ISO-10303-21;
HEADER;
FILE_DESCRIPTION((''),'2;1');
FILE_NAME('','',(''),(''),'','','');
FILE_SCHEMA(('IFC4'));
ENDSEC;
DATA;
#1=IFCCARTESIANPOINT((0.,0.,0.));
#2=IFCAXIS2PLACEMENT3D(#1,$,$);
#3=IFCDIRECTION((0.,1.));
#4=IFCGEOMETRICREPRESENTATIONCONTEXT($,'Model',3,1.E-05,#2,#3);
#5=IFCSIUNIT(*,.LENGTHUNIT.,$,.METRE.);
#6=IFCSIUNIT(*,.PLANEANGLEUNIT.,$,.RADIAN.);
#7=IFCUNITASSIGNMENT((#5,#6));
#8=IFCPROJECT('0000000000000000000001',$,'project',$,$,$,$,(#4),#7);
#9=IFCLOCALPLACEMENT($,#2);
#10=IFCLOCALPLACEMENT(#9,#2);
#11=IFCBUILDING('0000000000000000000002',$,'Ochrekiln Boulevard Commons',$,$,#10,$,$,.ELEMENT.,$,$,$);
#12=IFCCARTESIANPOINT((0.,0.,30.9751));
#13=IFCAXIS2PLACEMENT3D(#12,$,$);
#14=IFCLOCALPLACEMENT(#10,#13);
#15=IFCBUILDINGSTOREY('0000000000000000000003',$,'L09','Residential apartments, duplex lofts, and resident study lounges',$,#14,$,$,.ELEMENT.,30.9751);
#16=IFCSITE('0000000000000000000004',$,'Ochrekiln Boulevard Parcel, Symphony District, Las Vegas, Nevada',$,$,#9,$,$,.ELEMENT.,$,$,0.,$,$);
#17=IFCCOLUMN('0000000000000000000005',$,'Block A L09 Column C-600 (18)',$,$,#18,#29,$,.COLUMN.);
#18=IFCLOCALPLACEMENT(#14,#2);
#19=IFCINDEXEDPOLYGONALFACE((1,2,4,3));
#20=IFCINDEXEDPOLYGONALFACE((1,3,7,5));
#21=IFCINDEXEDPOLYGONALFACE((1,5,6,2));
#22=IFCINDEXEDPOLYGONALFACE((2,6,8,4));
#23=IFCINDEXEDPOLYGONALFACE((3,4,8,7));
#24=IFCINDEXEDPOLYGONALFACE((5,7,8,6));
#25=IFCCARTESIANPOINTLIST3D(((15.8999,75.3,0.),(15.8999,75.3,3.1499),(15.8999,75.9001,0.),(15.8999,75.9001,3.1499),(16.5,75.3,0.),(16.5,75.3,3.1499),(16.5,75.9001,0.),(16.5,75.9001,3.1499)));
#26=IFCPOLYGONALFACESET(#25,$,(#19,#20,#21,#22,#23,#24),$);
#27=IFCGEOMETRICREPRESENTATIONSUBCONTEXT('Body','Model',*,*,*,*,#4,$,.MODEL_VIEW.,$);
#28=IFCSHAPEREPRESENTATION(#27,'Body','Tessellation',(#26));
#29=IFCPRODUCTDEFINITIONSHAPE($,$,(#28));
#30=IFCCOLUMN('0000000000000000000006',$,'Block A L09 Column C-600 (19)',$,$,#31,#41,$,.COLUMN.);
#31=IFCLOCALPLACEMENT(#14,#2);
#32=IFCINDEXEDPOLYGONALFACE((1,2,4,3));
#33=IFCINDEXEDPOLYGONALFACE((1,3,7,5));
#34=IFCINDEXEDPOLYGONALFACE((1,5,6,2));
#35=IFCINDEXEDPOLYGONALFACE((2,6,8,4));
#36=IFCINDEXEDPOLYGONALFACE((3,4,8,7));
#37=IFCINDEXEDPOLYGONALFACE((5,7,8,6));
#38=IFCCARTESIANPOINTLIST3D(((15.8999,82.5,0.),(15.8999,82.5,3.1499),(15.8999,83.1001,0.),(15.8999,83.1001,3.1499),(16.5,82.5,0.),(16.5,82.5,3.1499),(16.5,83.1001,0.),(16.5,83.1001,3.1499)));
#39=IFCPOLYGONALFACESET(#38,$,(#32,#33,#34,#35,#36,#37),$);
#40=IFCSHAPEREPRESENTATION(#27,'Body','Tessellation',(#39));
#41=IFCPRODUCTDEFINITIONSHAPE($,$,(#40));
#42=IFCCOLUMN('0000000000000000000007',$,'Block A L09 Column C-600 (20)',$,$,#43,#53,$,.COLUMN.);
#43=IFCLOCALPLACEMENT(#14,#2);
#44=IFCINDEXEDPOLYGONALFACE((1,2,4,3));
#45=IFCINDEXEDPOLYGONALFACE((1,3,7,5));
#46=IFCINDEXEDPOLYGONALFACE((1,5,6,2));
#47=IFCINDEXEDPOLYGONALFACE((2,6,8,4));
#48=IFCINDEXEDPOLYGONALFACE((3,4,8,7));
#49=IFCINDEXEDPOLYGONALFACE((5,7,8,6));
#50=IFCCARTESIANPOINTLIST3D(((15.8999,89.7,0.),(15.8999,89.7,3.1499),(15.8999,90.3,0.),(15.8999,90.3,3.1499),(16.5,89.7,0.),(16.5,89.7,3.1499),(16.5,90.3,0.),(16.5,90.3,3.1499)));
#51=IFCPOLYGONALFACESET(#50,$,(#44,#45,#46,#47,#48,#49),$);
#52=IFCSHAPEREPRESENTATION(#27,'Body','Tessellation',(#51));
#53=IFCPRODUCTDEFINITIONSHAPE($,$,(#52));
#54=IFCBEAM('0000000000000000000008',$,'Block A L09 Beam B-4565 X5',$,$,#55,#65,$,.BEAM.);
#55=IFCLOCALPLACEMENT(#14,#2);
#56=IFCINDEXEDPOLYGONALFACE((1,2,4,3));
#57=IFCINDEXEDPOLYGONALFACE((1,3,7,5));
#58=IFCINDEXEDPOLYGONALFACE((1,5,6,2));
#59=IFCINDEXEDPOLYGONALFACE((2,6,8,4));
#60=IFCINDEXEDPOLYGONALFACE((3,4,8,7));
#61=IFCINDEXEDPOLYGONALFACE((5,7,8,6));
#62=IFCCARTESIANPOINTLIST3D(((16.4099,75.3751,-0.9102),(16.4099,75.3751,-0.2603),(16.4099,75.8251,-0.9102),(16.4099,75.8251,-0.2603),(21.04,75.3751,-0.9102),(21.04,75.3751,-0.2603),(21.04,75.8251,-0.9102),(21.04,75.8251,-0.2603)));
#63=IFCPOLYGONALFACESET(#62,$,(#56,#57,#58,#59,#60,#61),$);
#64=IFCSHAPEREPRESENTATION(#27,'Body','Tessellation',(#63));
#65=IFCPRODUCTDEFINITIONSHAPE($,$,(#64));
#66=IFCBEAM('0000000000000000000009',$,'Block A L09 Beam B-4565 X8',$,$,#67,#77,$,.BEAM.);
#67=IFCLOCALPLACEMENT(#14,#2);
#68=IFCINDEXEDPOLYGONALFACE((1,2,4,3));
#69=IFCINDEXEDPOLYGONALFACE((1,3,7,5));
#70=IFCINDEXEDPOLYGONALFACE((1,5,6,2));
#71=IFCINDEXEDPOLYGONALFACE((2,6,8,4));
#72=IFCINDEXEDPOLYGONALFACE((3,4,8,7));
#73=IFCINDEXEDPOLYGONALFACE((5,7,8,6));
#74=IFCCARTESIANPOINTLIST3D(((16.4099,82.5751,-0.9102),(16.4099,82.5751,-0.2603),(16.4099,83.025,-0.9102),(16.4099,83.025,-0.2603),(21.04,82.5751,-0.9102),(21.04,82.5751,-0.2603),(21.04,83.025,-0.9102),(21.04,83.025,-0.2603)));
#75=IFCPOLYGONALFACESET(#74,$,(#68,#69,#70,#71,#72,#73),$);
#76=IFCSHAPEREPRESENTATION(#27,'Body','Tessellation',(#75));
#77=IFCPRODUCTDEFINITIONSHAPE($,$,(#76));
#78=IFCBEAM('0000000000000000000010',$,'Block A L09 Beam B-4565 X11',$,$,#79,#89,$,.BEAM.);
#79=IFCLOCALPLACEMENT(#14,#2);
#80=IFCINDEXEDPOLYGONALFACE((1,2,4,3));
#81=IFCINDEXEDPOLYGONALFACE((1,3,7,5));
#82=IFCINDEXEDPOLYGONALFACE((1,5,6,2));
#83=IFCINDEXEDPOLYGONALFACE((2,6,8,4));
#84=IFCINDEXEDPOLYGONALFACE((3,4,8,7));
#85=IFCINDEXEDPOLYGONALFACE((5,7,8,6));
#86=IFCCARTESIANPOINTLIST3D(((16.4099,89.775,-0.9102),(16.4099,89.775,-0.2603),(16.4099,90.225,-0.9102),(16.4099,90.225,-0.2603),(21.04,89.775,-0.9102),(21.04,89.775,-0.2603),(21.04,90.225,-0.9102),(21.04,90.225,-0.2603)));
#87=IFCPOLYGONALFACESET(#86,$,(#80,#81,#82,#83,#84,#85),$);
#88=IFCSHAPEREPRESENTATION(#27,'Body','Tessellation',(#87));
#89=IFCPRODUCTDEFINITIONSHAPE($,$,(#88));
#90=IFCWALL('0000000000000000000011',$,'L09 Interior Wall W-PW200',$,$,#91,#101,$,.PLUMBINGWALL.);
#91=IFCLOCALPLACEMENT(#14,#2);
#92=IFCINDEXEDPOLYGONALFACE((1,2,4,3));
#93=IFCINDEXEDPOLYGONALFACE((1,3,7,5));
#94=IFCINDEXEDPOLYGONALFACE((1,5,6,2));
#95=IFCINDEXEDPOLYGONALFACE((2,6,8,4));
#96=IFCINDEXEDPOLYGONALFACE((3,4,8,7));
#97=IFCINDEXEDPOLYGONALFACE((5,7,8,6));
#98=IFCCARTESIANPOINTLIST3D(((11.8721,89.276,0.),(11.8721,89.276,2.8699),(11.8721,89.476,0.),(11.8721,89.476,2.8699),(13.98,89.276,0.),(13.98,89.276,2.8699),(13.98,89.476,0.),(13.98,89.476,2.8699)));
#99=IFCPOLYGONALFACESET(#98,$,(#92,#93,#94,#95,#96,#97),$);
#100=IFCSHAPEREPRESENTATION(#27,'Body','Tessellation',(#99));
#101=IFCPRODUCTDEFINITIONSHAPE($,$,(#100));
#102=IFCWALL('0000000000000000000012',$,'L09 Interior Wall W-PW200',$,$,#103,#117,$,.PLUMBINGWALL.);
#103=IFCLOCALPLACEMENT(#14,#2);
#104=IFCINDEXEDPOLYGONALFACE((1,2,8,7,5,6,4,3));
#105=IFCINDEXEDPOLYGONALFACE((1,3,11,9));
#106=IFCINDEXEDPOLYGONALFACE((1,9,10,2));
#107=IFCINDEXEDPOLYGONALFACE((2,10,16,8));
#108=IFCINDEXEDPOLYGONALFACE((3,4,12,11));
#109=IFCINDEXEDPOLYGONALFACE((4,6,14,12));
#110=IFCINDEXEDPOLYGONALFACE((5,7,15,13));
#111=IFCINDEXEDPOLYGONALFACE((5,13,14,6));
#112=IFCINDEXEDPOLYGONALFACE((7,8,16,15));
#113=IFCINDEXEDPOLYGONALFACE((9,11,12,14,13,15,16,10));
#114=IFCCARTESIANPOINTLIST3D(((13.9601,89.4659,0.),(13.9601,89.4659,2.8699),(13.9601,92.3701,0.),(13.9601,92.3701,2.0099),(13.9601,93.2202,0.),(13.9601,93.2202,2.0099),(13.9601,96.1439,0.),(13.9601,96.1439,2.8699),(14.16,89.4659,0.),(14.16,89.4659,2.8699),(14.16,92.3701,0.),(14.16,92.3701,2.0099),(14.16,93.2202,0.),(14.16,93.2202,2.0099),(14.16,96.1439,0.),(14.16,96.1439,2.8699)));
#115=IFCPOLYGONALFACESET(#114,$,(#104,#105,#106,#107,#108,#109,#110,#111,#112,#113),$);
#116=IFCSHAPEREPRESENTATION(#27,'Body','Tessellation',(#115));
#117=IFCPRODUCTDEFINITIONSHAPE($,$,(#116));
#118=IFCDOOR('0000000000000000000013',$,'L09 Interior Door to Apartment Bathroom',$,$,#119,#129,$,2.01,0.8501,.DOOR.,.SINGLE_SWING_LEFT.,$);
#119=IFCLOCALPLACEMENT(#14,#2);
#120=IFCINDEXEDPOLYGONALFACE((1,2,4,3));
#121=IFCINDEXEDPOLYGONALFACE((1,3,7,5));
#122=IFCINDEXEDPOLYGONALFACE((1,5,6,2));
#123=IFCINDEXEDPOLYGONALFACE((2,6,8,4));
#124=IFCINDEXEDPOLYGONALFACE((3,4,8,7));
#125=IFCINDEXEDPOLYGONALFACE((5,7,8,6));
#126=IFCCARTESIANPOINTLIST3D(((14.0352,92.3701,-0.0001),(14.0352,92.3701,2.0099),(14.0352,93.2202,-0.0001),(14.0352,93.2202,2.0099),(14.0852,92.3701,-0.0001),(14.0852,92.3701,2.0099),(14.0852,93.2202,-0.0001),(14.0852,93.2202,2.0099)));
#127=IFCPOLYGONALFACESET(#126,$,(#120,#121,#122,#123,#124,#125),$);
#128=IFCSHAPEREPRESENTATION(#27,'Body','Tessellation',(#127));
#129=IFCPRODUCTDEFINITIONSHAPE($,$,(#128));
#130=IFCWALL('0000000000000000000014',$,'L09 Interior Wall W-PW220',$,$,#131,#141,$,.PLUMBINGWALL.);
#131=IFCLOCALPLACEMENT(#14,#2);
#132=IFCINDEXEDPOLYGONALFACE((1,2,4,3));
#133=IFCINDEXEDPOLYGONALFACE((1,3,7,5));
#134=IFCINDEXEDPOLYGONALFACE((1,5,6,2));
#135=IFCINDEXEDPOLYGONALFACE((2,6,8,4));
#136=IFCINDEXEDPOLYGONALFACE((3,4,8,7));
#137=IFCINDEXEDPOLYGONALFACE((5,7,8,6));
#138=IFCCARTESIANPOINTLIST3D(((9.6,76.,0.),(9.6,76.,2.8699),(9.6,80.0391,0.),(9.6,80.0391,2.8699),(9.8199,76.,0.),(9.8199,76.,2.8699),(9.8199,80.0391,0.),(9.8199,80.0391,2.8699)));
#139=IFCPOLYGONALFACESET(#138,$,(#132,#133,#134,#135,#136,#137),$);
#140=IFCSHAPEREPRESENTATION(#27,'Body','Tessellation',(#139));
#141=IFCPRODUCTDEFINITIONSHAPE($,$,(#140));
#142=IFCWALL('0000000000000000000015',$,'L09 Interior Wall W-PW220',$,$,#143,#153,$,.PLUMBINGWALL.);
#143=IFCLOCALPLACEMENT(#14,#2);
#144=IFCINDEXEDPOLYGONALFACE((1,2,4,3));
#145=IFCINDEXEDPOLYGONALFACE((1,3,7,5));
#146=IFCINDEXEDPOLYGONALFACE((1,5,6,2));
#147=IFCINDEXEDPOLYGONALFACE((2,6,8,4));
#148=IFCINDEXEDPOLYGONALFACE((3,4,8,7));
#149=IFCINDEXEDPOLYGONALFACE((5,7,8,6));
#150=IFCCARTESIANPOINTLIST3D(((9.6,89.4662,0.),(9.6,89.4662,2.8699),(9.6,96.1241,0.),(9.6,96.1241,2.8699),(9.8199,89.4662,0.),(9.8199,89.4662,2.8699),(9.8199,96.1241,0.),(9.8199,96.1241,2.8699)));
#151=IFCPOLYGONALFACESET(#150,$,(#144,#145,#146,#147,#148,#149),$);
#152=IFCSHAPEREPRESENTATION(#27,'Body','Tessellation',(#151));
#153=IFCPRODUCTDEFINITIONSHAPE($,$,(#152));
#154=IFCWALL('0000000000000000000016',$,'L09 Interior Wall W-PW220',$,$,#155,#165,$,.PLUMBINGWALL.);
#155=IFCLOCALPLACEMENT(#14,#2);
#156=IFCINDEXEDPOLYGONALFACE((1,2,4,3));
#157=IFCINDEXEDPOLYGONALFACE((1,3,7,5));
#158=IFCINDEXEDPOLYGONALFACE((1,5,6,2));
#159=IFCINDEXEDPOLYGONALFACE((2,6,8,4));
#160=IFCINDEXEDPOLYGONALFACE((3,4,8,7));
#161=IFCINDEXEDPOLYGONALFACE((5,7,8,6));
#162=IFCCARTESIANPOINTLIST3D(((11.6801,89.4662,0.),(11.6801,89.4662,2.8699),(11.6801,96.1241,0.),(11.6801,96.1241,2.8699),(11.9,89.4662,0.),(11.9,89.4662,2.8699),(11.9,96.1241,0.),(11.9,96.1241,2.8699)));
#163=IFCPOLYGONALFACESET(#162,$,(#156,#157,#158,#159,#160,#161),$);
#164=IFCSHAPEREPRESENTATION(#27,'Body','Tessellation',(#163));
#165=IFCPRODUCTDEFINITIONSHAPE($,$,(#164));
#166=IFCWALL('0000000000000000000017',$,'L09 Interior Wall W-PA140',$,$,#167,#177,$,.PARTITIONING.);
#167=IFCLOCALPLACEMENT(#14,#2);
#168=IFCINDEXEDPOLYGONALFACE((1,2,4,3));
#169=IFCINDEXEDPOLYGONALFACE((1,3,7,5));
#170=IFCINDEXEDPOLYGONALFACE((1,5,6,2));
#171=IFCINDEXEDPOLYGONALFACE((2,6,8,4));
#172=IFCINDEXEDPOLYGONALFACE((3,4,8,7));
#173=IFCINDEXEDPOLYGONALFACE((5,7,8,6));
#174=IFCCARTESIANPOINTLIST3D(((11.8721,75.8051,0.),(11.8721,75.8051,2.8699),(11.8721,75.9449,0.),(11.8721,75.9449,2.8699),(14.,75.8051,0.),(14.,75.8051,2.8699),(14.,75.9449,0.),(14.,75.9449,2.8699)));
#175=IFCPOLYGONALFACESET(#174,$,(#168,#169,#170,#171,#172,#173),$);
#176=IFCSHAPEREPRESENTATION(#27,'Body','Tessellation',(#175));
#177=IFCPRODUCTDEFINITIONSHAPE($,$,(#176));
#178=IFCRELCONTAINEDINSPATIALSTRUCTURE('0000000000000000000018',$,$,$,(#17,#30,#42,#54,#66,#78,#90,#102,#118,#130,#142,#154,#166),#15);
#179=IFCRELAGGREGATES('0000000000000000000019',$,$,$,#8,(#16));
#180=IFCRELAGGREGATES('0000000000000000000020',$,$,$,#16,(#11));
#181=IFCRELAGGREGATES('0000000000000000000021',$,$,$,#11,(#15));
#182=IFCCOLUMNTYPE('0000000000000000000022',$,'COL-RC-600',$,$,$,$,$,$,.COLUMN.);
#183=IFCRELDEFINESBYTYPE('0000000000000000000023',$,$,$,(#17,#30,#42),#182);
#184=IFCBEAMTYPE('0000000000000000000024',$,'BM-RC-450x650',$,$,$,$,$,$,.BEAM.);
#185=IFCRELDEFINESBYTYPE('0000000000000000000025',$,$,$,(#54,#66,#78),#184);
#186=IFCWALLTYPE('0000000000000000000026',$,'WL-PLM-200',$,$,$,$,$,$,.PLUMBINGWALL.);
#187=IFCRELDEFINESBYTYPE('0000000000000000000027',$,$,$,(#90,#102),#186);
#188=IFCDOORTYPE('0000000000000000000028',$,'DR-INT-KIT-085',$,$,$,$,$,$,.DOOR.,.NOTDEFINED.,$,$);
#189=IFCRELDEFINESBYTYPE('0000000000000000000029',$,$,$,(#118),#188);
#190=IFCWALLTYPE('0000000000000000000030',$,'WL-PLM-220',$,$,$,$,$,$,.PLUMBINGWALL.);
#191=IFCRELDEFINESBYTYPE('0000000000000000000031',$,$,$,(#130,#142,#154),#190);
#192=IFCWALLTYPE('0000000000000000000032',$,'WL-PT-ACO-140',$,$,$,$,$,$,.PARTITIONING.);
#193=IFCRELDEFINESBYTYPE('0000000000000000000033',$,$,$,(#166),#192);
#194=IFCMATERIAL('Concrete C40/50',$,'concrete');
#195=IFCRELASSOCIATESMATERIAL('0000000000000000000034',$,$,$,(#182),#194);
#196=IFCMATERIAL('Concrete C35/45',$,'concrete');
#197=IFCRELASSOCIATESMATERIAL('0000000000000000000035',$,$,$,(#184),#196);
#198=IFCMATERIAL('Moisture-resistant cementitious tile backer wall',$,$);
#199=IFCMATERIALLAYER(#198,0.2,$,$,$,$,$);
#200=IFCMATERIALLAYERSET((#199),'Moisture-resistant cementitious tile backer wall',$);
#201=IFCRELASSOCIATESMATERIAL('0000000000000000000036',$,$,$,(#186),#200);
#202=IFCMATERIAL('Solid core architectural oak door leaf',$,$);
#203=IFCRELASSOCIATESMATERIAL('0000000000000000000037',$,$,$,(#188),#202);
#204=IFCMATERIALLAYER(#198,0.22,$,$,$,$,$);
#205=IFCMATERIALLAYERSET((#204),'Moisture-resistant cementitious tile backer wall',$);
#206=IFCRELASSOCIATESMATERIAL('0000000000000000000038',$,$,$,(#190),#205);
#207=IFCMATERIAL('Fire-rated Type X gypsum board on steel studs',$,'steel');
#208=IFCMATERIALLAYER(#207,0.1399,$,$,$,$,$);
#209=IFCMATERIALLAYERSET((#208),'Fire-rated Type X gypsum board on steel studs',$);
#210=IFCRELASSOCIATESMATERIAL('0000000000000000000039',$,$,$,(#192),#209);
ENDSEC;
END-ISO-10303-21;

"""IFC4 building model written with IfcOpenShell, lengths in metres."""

from ifc_helpers import new_model, si_unit, direction, frame, frame_2d, origin, origin_2d, place, context, subcontext, project, spatial, rectangle, extrude, material, layer, layer_set, material_profile, profile_set, type_object, element, fill, save


model = new_model("IFC4")

# Units and contexts
model_context = context("Model", 3, precision=1e-05, world=origin(), true_north=direction((0.0, 1.0)))
body_context = subcontext(model_context, "Body", "Model", "MODEL_VIEW")
ifc_project = project(units=[si_unit("LENGTHUNIT", "METRE"), si_unit("PLANEANGLEUNIT", "RADIAN")], contexts=[model_context])

# Site, building, storey
site_placement = place(None, origin())
site = spatial("IfcSite", under=ifc_project, at=site_placement, Name="Ochrekiln Boulevard Parcel, Symphony District, Las Vegas, Nevada", CompositionType="ELEMENT", RefElevation=0.0)
building_placement = place(site_placement, origin())
building = spatial("IfcBuilding", under=site, at=building_placement, Name="Ochrekiln Boulevard Commons", CompositionType="ELEMENT")
storey_placement = place(building_placement, frame((0.0, 0.0, 30.9751)))
storey = spatial("IfcBuildingStorey", under=building, at=storey_placement, Name="L09", Description="Residential apartments, duplex lofts, and resident study lounges", CompositionType="ELEMENT", Elevation=30.9751)

# Columns
ifc_material_1 = material(Name="Concrete C40/50", Category="concrete")
ifc_material_profile_1 = material_profile(ifc_material_1, rectangle(XDim=0.6001, YDim=0.6001, at=origin_2d()), Name="RC-COL-600x600")
ifc_profile_set_1 = profile_set([ifc_material_profile_1], Name="Concrete C40/50")
column_type = type_object("IfcColumnType", Name="COL-RC-600", PredefinedType="COLUMN", material=ifc_profile_set_1)
for number, where, z_axis, x_axis, name in (
    (1, (16.2, 75.6001, 0.0), (0.0, 0.0, 1.0), (1.0, 0.0, 0.0), "Block A L09 Column C-600 (18)"),
    (2, (16.2, 82.8, 0.0), (0.0, 0.0, 1.0), (1.0, 0.0, 0.0), "Block A L09 Column C-600 (19)"),
    (3, (16.2, 90.0, 0.0), (0.0, 0.0, 1.0), (1.0, 0.0, 0.0), "Block A L09 Column C-600 (20)"),
):
    element("IfcColumn", number, at=place(storey_placement, frame(where, z_axis=z_axis, x_axis=x_axis)), inside=storey, type_object=column_type, Name=name, PredefinedType="COLUMN", context=body_context, shape_type="SweptSolid", body=[
        extrude(rectangle(XDim=0.6001, YDim=0.6001, at=origin_2d()), origin(), (0.0, 0.0, 1.0), 3.1499),
    ])

# Beams
ifc_material_2 = material(Name="Concrete C35/45", Category="concrete")
ifc_material_profile_2 = material_profile(ifc_material_2, rectangle(XDim=0.45, YDim=0.6499, at=origin_2d()), Name="RC-BM-450x650")
ifc_profile_set_2 = profile_set([ifc_material_profile_2], Name="Concrete C35/45")
beam_type = type_object("IfcBeamType", Name="BM-RC-450x650", PredefinedType="BEAM", material=ifc_profile_set_2)
for number, where, z_axis, x_axis, name in (
    (4, (16.4099, 75.6001, -0.5852), (1.0, 0.0, 0.0), (0.0, 1.0, 0.0), "Block A L09 Beam B-4565 X5"),
    (5, (16.4099, 82.8, -0.5852), (1.0, 0.0, 0.0), (0.0, 1.0, 0.0), "Block A L09 Beam B-4565 X8"),
    (6, (16.4099, 90.0, -0.5852), (1.0, 0.0, 0.0), (0.0, 1.0, 0.0), "Block A L09 Beam B-4565 X11"),
):
    element("IfcBeam", number, at=place(storey_placement, frame(where, z_axis=z_axis, x_axis=x_axis)), inside=storey, type_object=beam_type, Name=name, PredefinedType="BEAM", context=body_context, shape_type="SweptSolid", body=[
        extrude(rectangle(XDim=0.45, YDim=0.6499, at=origin_2d()), origin(), (0.0, 0.0, 1.0), 4.6301),
    ])

# Wall
ifc_material_3 = material(Name="Moisture-resistant cementitious tile backer wall")
ifc_layer_1 = layer(ifc_material_3, 0.2)
ifc_layer_set_1 = layer_set([ifc_layer_1], Name="Moisture-resistant cementitious tile backer wall")
wall_type_1 = type_object("IfcWallType", Name="WL-PLM-200", PredefinedType="PLUMBINGWALL", material=ifc_layer_set_1)
wall_1_placement = place(storey_placement, frame((11.8721, 89.376, 0.0), z_axis=(0.0, 0.0, 1.0), x_axis=(1.0, 0.0, 0.0)))
element("IfcWall", 7, at=wall_1_placement, inside=storey, type_object=wall_type_1, Name="L09 Interior Wall W-PW200", PredefinedType="PLUMBINGWALL", context=body_context, shape_type="SweptSolid", body=[
    extrude(rectangle(XDim=2.1079, YDim=0.2, at=frame_2d((1.054, 0.0))), origin(), (0.0, 0.0, 1.0), 2.8699),
])

# Wall, opening, door
wall_2_placement = place(storey_placement, frame((14.0601, 89.4661, 0.0), z_axis=(0.0, 0.0, 1.0), x_axis=(0.0, 1.0, 0.0)))
wall_2 = element("IfcWall", 8, at=wall_2_placement, inside=storey, type_object=wall_type_1, Name="L09 Interior Wall W-PW200", PredefinedType="PLUMBINGWALL", context=body_context, shape_type="SweptSolid", body=[
    extrude(rectangle(XDim=6.678, YDim=0.2, at=frame_2d((3.3389, 0.0))), origin(), (0.0, 0.0, 1.0), 2.8699),
])
opening_1_placement = place(wall_2_placement, frame((2.9041, 0.0, 0.0)))
opening_1 = element("IfcOpeningElement", 9, at=opening_1_placement, cuts=wall_2, PredefinedType="OPENING", context=body_context, shape_type="SweptSolid", body=[
    extrude(rectangle(XDim=0.8501, YDim=2.01, at=frame_2d((0.425, 1.0049))), frame((0.0, 0.1099, 0.0), z_axis=(0.0, -1.0, 0.0), x_axis=(1.0, 0.0, 0.0)), (0.0, 0.0, 1.0), 0.22),
])
ifc_material_4 = material(Name="Solid core architectural oak door leaf")
door_type_1 = type_object("IfcDoorType", Name="DR-INT-KIT-085", OperationType="NOTDEFINED", PredefinedType="DOOR", material=ifc_material_4)
door_1_placement = place(opening_1_placement, origin())
door_1 = element("IfcDoor", 10, at=door_1_placement, inside=storey, type_object=door_type_1, Name="L09 Interior Door to Apartment Bathroom", OperationType="SINGLE_SWING_LEFT", OverallHeight=2.01, OverallWidth=0.8501, PredefinedType="DOOR", context=body_context, shape_type="SweptSolid", body=[
    extrude(rectangle(XDim=0.8501, YDim=2.01, at=frame_2d((0.425, 1.0049))), frame((0.0, 0.0249, 0.0), z_axis=(0.0, -1.0, 0.0), x_axis=(1.0, 0.0, 0.0)), (0.0, 0.0, 1.0), 0.05),
])
fill(opening_1, door_1)

# Walls
ifc_layer_2 = layer(ifc_material_3, 0.22)
ifc_layer_set_2 = layer_set([ifc_layer_2], Name="Moisture-resistant cementitious tile backer wall")
wall_type_2 = type_object("IfcWallType", Name="WL-PLM-220", PredefinedType="PLUMBINGWALL", material=ifc_layer_set_2)
wall_3_placement = place(storey_placement, frame((9.71, 76.0, 0.0), z_axis=(0.0, 0.0, 1.0), x_axis=(0.0, 1.0, 0.0)))
element("IfcWall", 11, at=wall_3_placement, inside=storey, type_object=wall_type_2, Name="L09 Interior Wall W-PW220", PredefinedType="PLUMBINGWALL", context=body_context, shape_type="SweptSolid", body=[
    extrude(rectangle(XDim=4.0391, YDim=0.22, at=frame_2d((2.0195, 0.0))), origin(), (0.0, 0.0, 1.0), 2.8699),
])
for number, where, z_axis, x_axis, name in (
    (12, (9.71, 89.4661, 0.0), (0.0, 0.0, 1.0), (0.0, 1.0, 0.0), "L09 Interior Wall W-PW220"),
    (13, (11.79, 89.4661, 0.0), (0.0, 0.0, 1.0), (0.0, 1.0, 0.0), "L09 Interior Wall W-PW220"),
):
    element("IfcWall", number, at=place(storey_placement, frame(where, z_axis=z_axis, x_axis=x_axis)), inside=storey, type_object=wall_type_2, Name=name, PredefinedType="PLUMBINGWALL", context=body_context, shape_type="SweptSolid", body=[
        extrude(rectangle(XDim=6.658, YDim=0.22, at=frame_2d((3.3291, 0.0))), origin(), (0.0, 0.0, 1.0), 2.8699),
    ])
ifc_material_5 = material(Name="Fire-rated Type X gypsum board on steel studs", Category="steel")
ifc_layer_3 = layer(ifc_material_5, 0.1399)
ifc_layer_set_3 = layer_set([ifc_layer_3], Name="Fire-rated Type X gypsum board on steel studs")
wall_type_3 = type_object("IfcWallType", Name="WL-PT-ACO-140", PredefinedType="PARTITIONING", material=ifc_layer_set_3)
wall_4_placement = place(storey_placement, frame((11.8721, 75.875, 0.0), z_axis=(0.0, 0.0, 1.0), x_axis=(1.0, 0.0, 0.0)))
element("IfcWall", 14, at=wall_4_placement, inside=storey, type_object=wall_type_3, Name="L09 Interior Wall W-PA140", PredefinedType="PARTITIONING", context=body_context, shape_type="SweptSolid", body=[
    extrude(rectangle(XDim=2.1279, YDim=0.1399, at=frame_2d((1.064, 0.0))), origin(), (0.0, 0.0, 1.0), 2.8699),
])

save(model, "model.ifc")
